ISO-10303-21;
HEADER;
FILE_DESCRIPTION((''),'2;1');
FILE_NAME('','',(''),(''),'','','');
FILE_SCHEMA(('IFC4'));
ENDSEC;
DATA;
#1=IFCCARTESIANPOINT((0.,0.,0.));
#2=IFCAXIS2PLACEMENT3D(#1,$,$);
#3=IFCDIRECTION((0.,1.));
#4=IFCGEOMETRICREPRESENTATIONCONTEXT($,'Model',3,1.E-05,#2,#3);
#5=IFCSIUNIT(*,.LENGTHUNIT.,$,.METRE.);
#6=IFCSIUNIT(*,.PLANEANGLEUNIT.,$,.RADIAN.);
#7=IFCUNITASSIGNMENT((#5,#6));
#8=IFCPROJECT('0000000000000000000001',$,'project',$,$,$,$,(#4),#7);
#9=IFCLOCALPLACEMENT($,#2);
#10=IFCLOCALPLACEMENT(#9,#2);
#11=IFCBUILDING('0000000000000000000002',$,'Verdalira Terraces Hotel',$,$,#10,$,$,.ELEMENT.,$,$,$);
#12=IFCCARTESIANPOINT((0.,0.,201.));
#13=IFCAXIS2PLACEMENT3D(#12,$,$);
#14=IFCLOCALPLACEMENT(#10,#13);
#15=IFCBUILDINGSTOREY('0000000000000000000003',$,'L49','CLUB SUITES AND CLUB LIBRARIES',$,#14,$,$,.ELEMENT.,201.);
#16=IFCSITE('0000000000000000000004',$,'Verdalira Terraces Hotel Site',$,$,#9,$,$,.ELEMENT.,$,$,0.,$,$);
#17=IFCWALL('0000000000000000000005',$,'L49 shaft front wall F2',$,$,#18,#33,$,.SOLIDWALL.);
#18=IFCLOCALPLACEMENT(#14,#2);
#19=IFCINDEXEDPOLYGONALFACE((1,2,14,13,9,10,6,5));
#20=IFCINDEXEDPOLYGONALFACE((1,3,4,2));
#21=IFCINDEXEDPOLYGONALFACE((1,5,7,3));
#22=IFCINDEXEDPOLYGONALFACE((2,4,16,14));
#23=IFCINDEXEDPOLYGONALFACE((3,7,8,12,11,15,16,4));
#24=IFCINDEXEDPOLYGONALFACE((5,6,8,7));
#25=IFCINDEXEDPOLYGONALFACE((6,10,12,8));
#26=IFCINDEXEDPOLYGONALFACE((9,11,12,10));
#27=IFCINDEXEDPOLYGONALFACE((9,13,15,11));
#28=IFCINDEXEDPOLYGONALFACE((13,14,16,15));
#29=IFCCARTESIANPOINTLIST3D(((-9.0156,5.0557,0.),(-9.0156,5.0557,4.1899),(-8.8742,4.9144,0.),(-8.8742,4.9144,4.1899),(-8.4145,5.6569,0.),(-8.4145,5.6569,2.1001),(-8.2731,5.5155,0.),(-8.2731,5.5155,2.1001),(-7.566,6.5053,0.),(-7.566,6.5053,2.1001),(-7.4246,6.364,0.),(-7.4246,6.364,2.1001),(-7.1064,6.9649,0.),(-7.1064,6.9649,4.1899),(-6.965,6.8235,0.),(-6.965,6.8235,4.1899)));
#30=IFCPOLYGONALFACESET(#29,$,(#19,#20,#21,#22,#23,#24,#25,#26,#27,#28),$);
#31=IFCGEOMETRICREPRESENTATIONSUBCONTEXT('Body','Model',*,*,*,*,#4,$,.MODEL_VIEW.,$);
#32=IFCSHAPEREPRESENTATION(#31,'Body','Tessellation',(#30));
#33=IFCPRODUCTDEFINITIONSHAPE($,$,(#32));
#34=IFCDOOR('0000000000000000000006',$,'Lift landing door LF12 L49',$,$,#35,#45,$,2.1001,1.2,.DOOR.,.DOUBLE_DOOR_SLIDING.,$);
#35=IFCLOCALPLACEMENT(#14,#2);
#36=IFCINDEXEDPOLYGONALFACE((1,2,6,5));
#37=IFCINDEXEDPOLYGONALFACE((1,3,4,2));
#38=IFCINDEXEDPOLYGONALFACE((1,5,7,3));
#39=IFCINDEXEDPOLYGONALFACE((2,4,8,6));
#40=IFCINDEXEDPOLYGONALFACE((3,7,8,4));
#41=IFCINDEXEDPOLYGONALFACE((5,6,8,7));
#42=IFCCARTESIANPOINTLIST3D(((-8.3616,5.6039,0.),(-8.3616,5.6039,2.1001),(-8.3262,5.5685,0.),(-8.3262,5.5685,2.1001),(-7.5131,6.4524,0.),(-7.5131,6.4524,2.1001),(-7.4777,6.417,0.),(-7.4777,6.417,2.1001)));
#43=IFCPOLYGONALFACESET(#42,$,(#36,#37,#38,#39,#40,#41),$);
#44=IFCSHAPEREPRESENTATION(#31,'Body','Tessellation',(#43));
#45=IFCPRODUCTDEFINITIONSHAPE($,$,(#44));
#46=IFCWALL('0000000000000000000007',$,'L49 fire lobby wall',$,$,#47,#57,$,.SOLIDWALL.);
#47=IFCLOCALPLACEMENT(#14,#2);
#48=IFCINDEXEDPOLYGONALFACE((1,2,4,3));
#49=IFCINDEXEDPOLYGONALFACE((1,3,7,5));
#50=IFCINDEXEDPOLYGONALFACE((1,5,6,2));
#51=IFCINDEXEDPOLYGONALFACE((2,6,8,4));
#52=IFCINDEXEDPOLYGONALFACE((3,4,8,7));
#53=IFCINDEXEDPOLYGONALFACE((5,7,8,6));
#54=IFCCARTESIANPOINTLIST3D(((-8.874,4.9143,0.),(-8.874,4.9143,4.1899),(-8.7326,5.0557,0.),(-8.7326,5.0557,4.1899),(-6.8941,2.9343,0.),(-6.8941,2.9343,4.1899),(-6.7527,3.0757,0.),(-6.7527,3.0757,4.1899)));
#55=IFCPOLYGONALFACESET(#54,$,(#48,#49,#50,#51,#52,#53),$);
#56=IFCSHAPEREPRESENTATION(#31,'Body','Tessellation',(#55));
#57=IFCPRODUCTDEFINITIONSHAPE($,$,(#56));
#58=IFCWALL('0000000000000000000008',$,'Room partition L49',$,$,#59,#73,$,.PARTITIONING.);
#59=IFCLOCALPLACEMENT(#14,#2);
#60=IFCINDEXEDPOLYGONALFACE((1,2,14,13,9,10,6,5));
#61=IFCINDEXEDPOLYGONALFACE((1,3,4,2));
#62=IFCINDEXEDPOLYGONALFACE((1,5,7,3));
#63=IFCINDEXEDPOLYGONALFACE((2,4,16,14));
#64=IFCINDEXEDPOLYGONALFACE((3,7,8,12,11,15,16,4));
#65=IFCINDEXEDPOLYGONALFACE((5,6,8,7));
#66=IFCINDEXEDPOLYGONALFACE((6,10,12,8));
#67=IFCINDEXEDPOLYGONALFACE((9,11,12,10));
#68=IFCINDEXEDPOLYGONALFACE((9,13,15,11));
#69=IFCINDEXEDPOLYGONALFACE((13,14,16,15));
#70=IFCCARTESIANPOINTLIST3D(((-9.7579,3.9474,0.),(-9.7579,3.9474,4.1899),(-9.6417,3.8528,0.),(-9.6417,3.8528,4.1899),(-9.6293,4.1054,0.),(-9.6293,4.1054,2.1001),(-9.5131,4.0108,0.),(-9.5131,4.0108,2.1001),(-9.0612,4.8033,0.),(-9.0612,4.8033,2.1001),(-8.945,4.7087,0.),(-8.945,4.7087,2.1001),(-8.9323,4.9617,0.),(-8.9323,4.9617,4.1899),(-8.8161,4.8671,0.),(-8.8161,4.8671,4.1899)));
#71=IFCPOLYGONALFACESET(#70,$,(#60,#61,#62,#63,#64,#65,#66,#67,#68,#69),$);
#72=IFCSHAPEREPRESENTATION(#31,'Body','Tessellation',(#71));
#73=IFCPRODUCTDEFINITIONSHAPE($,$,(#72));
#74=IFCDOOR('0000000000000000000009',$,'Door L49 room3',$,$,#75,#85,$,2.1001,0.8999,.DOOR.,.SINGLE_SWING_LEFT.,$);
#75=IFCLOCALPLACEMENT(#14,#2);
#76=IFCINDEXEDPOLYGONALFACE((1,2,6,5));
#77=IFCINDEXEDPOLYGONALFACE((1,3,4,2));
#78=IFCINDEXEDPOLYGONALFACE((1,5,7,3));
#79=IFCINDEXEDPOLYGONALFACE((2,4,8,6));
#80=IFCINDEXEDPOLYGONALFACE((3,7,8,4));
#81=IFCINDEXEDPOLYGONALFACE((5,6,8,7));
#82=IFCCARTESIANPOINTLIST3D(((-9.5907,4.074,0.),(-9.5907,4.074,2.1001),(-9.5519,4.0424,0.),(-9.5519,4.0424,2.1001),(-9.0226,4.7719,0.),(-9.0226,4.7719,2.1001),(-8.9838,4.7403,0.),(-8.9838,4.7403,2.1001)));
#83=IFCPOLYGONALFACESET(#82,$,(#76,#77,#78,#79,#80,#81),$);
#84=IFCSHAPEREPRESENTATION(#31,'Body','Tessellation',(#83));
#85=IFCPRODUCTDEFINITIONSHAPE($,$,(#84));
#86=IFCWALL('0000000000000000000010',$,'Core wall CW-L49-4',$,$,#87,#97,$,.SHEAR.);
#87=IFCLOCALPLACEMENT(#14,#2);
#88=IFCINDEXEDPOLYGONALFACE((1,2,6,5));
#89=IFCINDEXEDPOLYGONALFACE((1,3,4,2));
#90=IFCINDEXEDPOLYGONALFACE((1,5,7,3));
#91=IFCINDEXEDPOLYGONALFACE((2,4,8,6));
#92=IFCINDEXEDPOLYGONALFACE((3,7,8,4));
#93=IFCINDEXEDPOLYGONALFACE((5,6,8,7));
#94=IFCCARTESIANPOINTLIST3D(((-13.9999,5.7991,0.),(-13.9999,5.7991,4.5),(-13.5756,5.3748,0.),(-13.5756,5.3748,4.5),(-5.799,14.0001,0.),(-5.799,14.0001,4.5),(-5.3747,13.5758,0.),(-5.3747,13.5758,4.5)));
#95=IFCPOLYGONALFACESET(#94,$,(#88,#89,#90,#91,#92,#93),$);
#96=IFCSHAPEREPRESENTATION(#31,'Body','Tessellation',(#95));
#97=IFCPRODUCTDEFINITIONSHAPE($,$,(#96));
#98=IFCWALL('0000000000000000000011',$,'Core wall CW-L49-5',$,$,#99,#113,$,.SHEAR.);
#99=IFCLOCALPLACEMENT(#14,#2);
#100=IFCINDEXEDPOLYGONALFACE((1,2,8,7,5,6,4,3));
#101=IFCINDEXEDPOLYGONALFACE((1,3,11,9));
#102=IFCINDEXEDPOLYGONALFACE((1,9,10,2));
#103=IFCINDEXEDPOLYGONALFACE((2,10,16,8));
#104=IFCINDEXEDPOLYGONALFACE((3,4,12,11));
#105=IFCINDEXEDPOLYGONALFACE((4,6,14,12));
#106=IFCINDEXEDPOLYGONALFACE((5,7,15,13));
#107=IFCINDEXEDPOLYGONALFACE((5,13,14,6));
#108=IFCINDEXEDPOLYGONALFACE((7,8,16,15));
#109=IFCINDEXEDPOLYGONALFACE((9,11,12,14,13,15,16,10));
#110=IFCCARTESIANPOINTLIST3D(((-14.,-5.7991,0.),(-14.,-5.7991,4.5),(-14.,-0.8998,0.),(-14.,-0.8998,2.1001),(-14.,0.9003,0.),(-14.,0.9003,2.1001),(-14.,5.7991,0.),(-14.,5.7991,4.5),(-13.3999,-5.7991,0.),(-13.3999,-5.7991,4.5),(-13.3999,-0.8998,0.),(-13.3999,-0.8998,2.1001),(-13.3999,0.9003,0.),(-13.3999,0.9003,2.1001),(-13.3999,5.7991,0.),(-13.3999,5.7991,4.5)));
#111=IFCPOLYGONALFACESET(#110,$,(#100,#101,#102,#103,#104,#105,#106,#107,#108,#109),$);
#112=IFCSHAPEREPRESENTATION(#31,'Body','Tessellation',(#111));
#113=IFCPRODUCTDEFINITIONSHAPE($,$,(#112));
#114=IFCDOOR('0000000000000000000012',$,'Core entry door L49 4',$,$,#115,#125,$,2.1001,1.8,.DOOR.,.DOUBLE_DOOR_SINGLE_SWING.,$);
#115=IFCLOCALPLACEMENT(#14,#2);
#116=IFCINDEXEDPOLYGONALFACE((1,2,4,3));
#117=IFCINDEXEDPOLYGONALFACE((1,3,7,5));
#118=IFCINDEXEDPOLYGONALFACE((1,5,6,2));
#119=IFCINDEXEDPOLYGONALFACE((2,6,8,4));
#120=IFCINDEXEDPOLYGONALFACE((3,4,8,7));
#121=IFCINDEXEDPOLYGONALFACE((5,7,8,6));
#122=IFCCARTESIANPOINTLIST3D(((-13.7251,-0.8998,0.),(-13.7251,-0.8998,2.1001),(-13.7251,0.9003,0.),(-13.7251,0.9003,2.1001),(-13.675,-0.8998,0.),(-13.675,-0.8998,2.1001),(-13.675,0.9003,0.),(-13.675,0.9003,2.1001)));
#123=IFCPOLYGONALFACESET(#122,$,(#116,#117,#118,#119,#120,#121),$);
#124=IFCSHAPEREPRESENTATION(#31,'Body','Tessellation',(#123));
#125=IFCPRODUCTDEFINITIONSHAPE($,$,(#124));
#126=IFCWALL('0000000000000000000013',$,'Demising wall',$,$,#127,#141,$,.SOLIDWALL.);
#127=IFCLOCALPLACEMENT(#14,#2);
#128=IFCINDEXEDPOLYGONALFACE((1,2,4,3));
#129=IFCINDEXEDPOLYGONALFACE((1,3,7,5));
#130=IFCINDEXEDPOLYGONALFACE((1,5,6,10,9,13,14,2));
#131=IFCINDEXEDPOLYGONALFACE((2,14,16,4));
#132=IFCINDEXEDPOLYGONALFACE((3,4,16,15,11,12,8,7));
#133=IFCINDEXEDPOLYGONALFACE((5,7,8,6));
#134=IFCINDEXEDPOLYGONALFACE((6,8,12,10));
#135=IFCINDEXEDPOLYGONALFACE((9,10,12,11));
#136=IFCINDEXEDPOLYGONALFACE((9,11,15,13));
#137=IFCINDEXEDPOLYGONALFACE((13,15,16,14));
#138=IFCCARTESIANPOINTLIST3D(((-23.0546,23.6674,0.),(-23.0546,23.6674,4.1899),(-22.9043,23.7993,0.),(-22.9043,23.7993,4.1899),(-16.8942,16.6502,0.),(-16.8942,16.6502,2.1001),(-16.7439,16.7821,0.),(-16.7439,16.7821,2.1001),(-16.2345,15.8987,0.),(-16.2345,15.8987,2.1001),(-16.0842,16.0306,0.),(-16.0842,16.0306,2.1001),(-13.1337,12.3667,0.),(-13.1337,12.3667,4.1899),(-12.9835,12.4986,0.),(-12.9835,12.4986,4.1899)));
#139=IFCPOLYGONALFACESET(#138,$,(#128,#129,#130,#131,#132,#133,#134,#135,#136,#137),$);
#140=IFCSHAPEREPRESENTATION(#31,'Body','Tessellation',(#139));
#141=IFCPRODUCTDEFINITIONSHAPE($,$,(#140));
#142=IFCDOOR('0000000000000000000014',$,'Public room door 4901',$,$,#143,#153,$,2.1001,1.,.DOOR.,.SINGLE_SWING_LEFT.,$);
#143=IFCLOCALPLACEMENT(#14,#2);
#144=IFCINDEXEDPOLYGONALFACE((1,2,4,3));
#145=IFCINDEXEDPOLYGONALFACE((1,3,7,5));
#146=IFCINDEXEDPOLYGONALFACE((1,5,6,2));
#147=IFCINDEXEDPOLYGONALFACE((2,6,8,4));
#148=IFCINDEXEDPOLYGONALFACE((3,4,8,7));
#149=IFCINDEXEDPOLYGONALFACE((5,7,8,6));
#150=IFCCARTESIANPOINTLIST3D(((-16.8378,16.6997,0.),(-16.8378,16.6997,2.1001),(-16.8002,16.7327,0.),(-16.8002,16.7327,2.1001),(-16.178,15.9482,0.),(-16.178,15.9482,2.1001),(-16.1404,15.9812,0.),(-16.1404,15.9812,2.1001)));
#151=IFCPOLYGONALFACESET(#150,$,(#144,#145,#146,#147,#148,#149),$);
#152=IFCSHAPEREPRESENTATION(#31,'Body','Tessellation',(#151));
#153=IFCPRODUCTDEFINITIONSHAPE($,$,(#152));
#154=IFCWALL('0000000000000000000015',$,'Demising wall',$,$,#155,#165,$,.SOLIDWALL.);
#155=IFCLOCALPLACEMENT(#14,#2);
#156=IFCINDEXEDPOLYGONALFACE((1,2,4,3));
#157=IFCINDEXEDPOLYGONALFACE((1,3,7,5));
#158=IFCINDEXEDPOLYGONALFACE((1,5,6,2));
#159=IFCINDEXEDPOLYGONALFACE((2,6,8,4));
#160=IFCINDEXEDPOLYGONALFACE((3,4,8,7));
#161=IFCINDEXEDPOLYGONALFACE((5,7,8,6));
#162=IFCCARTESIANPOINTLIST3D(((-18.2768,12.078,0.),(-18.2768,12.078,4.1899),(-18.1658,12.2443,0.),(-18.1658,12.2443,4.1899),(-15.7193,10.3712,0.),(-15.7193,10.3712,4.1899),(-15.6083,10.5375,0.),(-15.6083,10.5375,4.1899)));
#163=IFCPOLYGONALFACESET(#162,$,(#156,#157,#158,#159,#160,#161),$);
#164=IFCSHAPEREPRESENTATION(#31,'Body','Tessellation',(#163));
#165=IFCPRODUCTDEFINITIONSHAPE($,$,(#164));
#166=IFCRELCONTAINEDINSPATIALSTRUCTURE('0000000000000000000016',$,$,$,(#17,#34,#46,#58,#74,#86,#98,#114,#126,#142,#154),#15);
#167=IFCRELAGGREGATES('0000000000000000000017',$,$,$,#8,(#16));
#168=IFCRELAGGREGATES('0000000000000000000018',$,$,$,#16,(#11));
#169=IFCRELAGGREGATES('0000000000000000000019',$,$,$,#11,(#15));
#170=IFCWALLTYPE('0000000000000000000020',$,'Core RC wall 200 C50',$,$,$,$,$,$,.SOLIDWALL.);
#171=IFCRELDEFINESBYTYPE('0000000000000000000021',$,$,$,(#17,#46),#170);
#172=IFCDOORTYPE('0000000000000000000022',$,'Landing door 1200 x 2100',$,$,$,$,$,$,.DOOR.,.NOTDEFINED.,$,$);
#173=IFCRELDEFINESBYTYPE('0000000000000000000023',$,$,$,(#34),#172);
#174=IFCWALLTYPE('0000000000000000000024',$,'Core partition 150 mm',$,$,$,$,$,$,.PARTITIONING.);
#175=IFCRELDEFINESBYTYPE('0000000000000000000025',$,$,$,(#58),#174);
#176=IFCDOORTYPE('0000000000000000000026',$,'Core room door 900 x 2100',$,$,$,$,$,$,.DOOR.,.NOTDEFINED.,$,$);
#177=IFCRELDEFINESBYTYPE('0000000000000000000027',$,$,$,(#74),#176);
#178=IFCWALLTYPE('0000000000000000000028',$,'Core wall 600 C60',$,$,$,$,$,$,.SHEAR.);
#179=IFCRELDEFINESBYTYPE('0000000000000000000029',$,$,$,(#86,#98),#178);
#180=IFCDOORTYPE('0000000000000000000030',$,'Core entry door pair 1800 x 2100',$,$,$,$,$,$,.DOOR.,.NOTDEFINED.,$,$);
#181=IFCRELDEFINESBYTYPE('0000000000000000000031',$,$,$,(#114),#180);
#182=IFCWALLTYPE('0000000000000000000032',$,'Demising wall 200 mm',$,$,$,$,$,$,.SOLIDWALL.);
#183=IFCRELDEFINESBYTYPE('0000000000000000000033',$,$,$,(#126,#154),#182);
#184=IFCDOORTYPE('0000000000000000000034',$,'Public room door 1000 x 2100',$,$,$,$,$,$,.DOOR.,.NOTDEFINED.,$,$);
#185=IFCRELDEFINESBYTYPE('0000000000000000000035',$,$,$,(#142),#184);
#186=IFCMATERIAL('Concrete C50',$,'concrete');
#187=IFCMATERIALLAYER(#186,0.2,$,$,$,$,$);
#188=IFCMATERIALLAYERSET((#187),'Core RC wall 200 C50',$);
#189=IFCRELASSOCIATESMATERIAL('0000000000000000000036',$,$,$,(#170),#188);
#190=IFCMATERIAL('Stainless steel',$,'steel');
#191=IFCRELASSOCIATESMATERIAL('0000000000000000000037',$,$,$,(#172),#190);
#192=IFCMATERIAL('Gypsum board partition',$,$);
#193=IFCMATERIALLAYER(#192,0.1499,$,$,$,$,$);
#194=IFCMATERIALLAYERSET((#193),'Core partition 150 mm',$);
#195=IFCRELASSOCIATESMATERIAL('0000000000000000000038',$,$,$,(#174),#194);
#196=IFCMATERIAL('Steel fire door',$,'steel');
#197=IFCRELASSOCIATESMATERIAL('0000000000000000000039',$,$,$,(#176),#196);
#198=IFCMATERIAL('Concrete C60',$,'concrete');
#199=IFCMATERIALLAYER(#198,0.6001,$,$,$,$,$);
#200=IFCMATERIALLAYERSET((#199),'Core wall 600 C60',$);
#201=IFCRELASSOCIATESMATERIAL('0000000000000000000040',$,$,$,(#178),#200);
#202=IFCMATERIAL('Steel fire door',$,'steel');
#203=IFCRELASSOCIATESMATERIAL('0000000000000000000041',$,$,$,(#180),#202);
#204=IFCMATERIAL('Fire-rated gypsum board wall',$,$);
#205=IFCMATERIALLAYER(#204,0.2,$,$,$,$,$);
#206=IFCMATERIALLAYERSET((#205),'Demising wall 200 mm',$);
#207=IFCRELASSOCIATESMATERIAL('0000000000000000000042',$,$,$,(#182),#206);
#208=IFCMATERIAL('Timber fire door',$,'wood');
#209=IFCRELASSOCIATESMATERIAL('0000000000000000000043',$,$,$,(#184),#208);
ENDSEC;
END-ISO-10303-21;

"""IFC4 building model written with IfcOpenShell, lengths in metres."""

from ifc_helpers import new_model, si_unit, direction, frame, frame_2d, origin, place, context, subcontext, project, spatial, rectangle, extrude, material, layer, layer_set, type_object, element, fill, save


model = new_model("IFC4")

# Units and contexts
model_context = context("Model", 3, precision=1e-05, world=origin(), true_north=direction((0.0, 1.0)))
body_context = subcontext(model_context, "Body", "Model", "MODEL_VIEW")
ifc_project = project(units=[si_unit("LENGTHUNIT", "METRE"), si_unit("PLANEANGLEUNIT", "RADIAN")], contexts=[model_context])

# Site, building, storey
site_placement = place(None, origin())
site = spatial("IfcSite", under=ifc_project, at=site_placement, Name="Verdalira Terraces Hotel Site", CompositionType="ELEMENT", RefElevation=0.0)
building_placement = place(site_placement, origin())
building = spatial("IfcBuilding", under=site, at=building_placement, Name="Verdalira Terraces Hotel", CompositionType="ELEMENT")
storey_placement = place(building_placement, frame((0.0, 0.0, 201.0)))
storey = spatial("IfcBuildingStorey", under=building, at=storey_placement, Name="L49", Description="CLUB SUITES AND CLUB LIBRARIES", CompositionType="ELEMENT", Elevation=201.0)

# Wall, opening, door
ifc_material_1 = material(Name="Concrete C50", Category="concrete")
ifc_layer_1 = layer(ifc_material_1, 0.2)
ifc_layer_set_1 = layer_set([ifc_layer_1], Name="Core RC wall 200 C50")
wall_type_1 = type_object("IfcWallType", Name="Core RC wall 200 C50", PredefinedType="SOLIDWALL", material=ifc_layer_set_1)
ifc_material_2 = material(Name="Stainless steel", Category="steel")
door_type_1 = type_object("IfcDoorType", Name="Landing door 1200 x 2100", OperationType="NOTDEFINED", PredefinedType="DOOR", material=ifc_material_2)
wall_1_placement = place(storey_placement, frame((-7.0356, 6.8943, 0.0), z_axis=(0.0, 0.0, 1.0), x_axis=(-0.707107, -0.707107, 0.0)))
wall_1 = element("IfcWall", 1, at=wall_1_placement, inside=storey, type_object=wall_type_1, Name="L49 shaft front wall F2", PredefinedType="SOLIDWALL", context=body_context, shape_type="SweptSolid", body=[
    extrude(rectangle(XDim=2.7, YDim=0.2, at=frame_2d((1.3501, 0.0))), origin(), (0.0, 0.0, 1.0), 4.1899),
])
opening_1_placement = place(wall_1_placement, frame((0.6499, 0.0, 0.0)))
opening_1 = element("IfcOpeningElement", 2, at=opening_1_placement, cuts=wall_1, PredefinedType="OPENING", context=body_context, shape_type="SweptSolid", body=[
    extrude(rectangle(XDim=1.2, YDim=2.1001, at=frame_2d((0.6001, 1.05))), frame((0.0, 0.1099, 0.0), z_axis=(0.0, -1.0, 0.0), x_axis=(1.0, 0.0, 0.0)), (0.0, 0.0, 1.0), 0.22),
])
door_1_placement = place(opening_1_placement, origin())
door_1 = element("IfcDoor", 3, at=door_1_placement, inside=storey, type_object=door_type_1, Name="Lift landing door LF12 L49", OperationType="DOUBLE_DOOR_SLIDING", OverallHeight=2.1001, OverallWidth=1.2, PredefinedType="DOOR", context=body_context, shape_type="SweptSolid", body=[
    extrude(rectangle(XDim=1.2, YDim=2.1001, at=frame_2d((0.6001, 1.05))), frame((0.0, 0.0249, 0.0), z_axis=(0.0, -1.0, 0.0), x_axis=(1.0, 0.0, 0.0)), (0.0, 0.0, 1.0), 0.05),
])
fill(opening_1, door_1)

# Wall
wall_2_placement = place(storey_placement, frame((-6.8235, 3.0051, 0.0), z_axis=(0.0, 0.0, 1.0), x_axis=(-0.707107, 0.707107, 0.0)))
element("IfcWall", 4, at=wall_2_placement, inside=storey, type_object=wall_type_1, Name="L49 fire lobby wall", PredefinedType="SOLIDWALL", context=body_context, shape_type="SweptSolid", body=[
    extrude(rectangle(XDim=2.8, YDim=0.2, at=frame_2d((1.3999, 0.0))), origin(), (0.0, 0.0, 1.0), 4.1899),
])

# Wall, opening, door
ifc_material_3 = material(Name="Gypsum board partition")
ifc_layer_2 = layer(ifc_material_3, 0.1499)
ifc_layer_set_2 = layer_set([ifc_layer_2], Name="Core partition 150 mm")
wall_type_2 = type_object("IfcWallType", Name="Core partition 150 mm", PredefinedType="PARTITIONING", material=ifc_layer_set_2)
wall_3_placement = place(storey_placement, frame((-8.8743, 4.9143, 0.0), z_axis=(0.0, 0.0, 1.0), x_axis=(-0.631274, -0.77556, 0.0)))
wall_3 = element("IfcWall", 5, at=wall_3_placement, inside=storey, type_object=wall_type_2, Name="Room partition L49", PredefinedType="PARTITIONING", context=body_context, shape_type="SweptSolid", body=[
    extrude(rectangle(XDim=1.3079, YDim=0.1499, at=frame_2d((0.6538, 0.0))), origin(), (0.0, 0.0, 1.0), 4.1899),
])
opening_2_placement = place(wall_3_placement, frame((0.2041, 0.0, 0.0)))
opening_2 = element("IfcOpeningElement", 6, at=opening_2_placement, cuts=wall_3, PredefinedType="OPENING", context=body_context, shape_type="SweptSolid", body=[
    extrude(rectangle(XDim=0.8999, YDim=2.1001, at=frame_2d((0.45, 1.05))), frame((0.0, 0.085, 0.0), z_axis=(0.0, -1.0, 0.0), x_axis=(1.0, 0.0, 0.0)), (0.0, 0.0, 1.0), 0.1699),
])
ifc_material_4 = material(Name="Steel fire door", Category="steel")
door_type_2 = type_object("IfcDoorType", Name="Core room door 900 x 2100", OperationType="NOTDEFINED", PredefinedType="DOOR", material=ifc_material_4)
door_2_placement = place(opening_2_placement, origin())
door_2 = element("IfcDoor", 7, at=door_2_placement, inside=storey, type_object=door_type_2, Name="Door L49 room3", OperationType="SINGLE_SWING_LEFT", OverallHeight=2.1001, OverallWidth=0.8999, PredefinedType="DOOR", context=body_context, shape_type="SweptSolid", body=[
    extrude(rectangle(XDim=0.8999, YDim=2.1001, at=frame_2d((0.45, 1.05))), frame((0.0, 0.0249, 0.0), z_axis=(0.0, -1.0, 0.0), x_axis=(1.0, 0.0, 0.0)), (0.0, 0.0, 1.0), 0.05),
])
fill(opening_2, door_2)

# Wall
ifc_material_5 = material(Name="Concrete C60", Category="concrete")
ifc_layer_3 = layer(ifc_material_5, 0.6001)
ifc_layer_set_3 = layer_set([ifc_layer_3], Name="Core wall 600 C60")
wall_type_3 = type_object("IfcWallType", Name="Core wall 600 C60", PredefinedType="SHEAR", material=ifc_layer_set_3)
wall_4_placement = place(storey_placement, frame((-5.5869, 13.7878, 0.0), z_axis=(0.0, 0.0, 1.0), x_axis=(-0.707107, -0.707107, 0.0)))
element("IfcWall", 8, at=wall_4_placement, inside=storey, type_object=wall_type_3, Name="Core wall CW-L49-4", PredefinedType="SHEAR", context=body_context, shape_type="SweptSolid", body=[
    extrude(rectangle(XDim=11.5979, YDim=0.6001, at=frame_2d((5.7988, 0.0))), origin(), (0.0, 0.0, 1.0), 4.5),
])

# Walls, openings, doors
wall_5_placement = place(storey_placement, frame((-13.7, 5.7991, 0.0), z_axis=(0.0, 0.0, 1.0), x_axis=(0.0, -1.0, 0.0)))
wall_5 = element("IfcWall", 9, at=wall_5_placement, inside=storey, type_object=wall_type_3, Name="Core wall CW-L49-5", PredefinedType="SHEAR", context=body_context, shape_type="SweptSolid", body=[
    extrude(rectangle(XDim=11.5981, YDim=0.6001, at=frame_2d((5.7991, 0.0))), origin(), (0.0, 0.0, 1.0), 4.5),
])
opening_3_placement = place(wall_5_placement, frame((4.8989, 0.0, 0.0)))
opening_3 = element("IfcOpeningElement", 10, at=opening_3_placement, cuts=wall_5, PredefinedType="OPENING", context=body_context, shape_type="SweptSolid", body=[
    extrude(rectangle(XDim=1.8, YDim=2.1001, at=frame_2d((0.8999, 1.05))), frame((0.0, 0.3101, 0.0), z_axis=(0.0, -1.0, 0.0), x_axis=(1.0, 0.0, 0.0)), (0.0, 0.0, 1.0), 0.6201),
])
ifc_material_6 = material(Name="Steel fire door", Category="steel")
door_type_3 = type_object("IfcDoorType", Name="Core entry door pair 1800 x 2100", OperationType="NOTDEFINED", PredefinedType="DOOR", material=ifc_material_6)
door_3_placement = place(opening_3_placement, origin())
door_3 = element("IfcDoor", 11, at=door_3_placement, inside=storey, type_object=door_type_3, Name="Core entry door L49 4", OperationType="DOUBLE_DOOR_SINGLE_SWING", OverallHeight=2.1001, OverallWidth=1.8, PredefinedType="DOOR", context=body_context, shape_type="SweptSolid", body=[
    extrude(rectangle(XDim=1.8, YDim=2.1001, at=frame_2d((0.8999, 1.05))), frame((0.0, 0.0249, 0.0), z_axis=(0.0, -1.0, 0.0), x_axis=(1.0, 0.0, 0.0)), (0.0, 0.0, 1.0), 0.05),
])
fill(opening_3, door_3)
ifc_material_7 = material(Name="Fire-rated gypsum board wall")
ifc_layer_4 = layer(ifc_material_7, 0.2)
ifc_layer_set_4 = layer_set([ifc_layer_4], Name="Demising wall 200 mm")
wall_type_4 = type_object("IfcWallType", Name="Demising wall 200 mm", PredefinedType="SOLIDWALL", material=ifc_layer_set_4)
wall_6_placement = place(storey_placement, frame((-13.0586, 12.4326, 0.0), z_axis=(0.0, 0.0, 1.0), x_axis=(-0.659736, 0.751498, 0.0)))
wall_6 = element("IfcWall", 12, at=wall_6_placement, inside=storey, type_object=wall_type_4, Name="Demising wall", PredefinedType="SOLIDWALL", context=body_context, shape_type="SweptSolid", body=[
    extrude(rectangle(XDim=15.0376, YDim=0.2, at=frame_2d((7.5188, 0.0))), origin(), (0.0, 0.0, 1.0), 4.1899),
])
opening_4_placement = place(wall_6_placement, frame((4.7, 0.0, 0.0)))
opening_4 = element("IfcOpeningElement", 13, at=opening_4_placement, cuts=wall_6, PredefinedType="OPENING", context=body_context, shape_type="SweptSolid", body=[
    extrude(rectangle(XDim=1.0, YDim=2.1001, at=frame_2d((0.5, 1.05))), frame((0.0, 0.1099, 0.0), z_axis=(0.0, -1.0, 0.0), x_axis=(1.0, 0.0, 0.0)), (0.0, 0.0, 1.0), 0.22),
])
ifc_material_8 = material(Name="Timber fire door", Category="wood")
door_type_4 = type_object("IfcDoorType", Name="Public room door 1000 x 2100", OperationType="NOTDEFINED", PredefinedType="DOOR", material=ifc_material_8)
door_4_placement = place(opening_4_placement, origin())
door_4 = element("IfcDoor", 14, at=door_4_placement, inside=storey, type_object=door_type_4, Name="Public room door 4901", OperationType="SINGLE_SWING_LEFT", OverallHeight=2.1001, OverallWidth=1.0, PredefinedType="DOOR", context=body_context, shape_type="SweptSolid", body=[
    extrude(rectangle(XDim=1.0, YDim=2.1001, at=frame_2d((0.5, 1.05))), frame((0.0, 0.0249, 0.0), z_axis=(0.0, -1.0, 0.0), x_axis=(1.0, 0.0, 0.0)), (0.0, 0.0, 1.0), 0.05),
])
fill(opening_4, door_4)

# Wall
wall_7_placement = place(storey_placement, frame((-15.6638, 10.4543, 0.0), z_axis=(0.0, 0.0, 1.0), x_axis=(-0.831769, 0.555122, 0.0)))
element("IfcWall", 15, at=wall_7_placement, inside=storey, type_object=wall_type_4, Name="Demising wall", PredefinedType="SOLIDWALL", context=body_context, shape_type="SweptSolid", body=[
    extrude(rectangle(XDim=3.0747, YDim=0.2, at=frame_2d((1.5374, 0.0))), origin(), (0.0, 0.0, 1.0), 4.1899),
])

save(model, "model.ifc")
